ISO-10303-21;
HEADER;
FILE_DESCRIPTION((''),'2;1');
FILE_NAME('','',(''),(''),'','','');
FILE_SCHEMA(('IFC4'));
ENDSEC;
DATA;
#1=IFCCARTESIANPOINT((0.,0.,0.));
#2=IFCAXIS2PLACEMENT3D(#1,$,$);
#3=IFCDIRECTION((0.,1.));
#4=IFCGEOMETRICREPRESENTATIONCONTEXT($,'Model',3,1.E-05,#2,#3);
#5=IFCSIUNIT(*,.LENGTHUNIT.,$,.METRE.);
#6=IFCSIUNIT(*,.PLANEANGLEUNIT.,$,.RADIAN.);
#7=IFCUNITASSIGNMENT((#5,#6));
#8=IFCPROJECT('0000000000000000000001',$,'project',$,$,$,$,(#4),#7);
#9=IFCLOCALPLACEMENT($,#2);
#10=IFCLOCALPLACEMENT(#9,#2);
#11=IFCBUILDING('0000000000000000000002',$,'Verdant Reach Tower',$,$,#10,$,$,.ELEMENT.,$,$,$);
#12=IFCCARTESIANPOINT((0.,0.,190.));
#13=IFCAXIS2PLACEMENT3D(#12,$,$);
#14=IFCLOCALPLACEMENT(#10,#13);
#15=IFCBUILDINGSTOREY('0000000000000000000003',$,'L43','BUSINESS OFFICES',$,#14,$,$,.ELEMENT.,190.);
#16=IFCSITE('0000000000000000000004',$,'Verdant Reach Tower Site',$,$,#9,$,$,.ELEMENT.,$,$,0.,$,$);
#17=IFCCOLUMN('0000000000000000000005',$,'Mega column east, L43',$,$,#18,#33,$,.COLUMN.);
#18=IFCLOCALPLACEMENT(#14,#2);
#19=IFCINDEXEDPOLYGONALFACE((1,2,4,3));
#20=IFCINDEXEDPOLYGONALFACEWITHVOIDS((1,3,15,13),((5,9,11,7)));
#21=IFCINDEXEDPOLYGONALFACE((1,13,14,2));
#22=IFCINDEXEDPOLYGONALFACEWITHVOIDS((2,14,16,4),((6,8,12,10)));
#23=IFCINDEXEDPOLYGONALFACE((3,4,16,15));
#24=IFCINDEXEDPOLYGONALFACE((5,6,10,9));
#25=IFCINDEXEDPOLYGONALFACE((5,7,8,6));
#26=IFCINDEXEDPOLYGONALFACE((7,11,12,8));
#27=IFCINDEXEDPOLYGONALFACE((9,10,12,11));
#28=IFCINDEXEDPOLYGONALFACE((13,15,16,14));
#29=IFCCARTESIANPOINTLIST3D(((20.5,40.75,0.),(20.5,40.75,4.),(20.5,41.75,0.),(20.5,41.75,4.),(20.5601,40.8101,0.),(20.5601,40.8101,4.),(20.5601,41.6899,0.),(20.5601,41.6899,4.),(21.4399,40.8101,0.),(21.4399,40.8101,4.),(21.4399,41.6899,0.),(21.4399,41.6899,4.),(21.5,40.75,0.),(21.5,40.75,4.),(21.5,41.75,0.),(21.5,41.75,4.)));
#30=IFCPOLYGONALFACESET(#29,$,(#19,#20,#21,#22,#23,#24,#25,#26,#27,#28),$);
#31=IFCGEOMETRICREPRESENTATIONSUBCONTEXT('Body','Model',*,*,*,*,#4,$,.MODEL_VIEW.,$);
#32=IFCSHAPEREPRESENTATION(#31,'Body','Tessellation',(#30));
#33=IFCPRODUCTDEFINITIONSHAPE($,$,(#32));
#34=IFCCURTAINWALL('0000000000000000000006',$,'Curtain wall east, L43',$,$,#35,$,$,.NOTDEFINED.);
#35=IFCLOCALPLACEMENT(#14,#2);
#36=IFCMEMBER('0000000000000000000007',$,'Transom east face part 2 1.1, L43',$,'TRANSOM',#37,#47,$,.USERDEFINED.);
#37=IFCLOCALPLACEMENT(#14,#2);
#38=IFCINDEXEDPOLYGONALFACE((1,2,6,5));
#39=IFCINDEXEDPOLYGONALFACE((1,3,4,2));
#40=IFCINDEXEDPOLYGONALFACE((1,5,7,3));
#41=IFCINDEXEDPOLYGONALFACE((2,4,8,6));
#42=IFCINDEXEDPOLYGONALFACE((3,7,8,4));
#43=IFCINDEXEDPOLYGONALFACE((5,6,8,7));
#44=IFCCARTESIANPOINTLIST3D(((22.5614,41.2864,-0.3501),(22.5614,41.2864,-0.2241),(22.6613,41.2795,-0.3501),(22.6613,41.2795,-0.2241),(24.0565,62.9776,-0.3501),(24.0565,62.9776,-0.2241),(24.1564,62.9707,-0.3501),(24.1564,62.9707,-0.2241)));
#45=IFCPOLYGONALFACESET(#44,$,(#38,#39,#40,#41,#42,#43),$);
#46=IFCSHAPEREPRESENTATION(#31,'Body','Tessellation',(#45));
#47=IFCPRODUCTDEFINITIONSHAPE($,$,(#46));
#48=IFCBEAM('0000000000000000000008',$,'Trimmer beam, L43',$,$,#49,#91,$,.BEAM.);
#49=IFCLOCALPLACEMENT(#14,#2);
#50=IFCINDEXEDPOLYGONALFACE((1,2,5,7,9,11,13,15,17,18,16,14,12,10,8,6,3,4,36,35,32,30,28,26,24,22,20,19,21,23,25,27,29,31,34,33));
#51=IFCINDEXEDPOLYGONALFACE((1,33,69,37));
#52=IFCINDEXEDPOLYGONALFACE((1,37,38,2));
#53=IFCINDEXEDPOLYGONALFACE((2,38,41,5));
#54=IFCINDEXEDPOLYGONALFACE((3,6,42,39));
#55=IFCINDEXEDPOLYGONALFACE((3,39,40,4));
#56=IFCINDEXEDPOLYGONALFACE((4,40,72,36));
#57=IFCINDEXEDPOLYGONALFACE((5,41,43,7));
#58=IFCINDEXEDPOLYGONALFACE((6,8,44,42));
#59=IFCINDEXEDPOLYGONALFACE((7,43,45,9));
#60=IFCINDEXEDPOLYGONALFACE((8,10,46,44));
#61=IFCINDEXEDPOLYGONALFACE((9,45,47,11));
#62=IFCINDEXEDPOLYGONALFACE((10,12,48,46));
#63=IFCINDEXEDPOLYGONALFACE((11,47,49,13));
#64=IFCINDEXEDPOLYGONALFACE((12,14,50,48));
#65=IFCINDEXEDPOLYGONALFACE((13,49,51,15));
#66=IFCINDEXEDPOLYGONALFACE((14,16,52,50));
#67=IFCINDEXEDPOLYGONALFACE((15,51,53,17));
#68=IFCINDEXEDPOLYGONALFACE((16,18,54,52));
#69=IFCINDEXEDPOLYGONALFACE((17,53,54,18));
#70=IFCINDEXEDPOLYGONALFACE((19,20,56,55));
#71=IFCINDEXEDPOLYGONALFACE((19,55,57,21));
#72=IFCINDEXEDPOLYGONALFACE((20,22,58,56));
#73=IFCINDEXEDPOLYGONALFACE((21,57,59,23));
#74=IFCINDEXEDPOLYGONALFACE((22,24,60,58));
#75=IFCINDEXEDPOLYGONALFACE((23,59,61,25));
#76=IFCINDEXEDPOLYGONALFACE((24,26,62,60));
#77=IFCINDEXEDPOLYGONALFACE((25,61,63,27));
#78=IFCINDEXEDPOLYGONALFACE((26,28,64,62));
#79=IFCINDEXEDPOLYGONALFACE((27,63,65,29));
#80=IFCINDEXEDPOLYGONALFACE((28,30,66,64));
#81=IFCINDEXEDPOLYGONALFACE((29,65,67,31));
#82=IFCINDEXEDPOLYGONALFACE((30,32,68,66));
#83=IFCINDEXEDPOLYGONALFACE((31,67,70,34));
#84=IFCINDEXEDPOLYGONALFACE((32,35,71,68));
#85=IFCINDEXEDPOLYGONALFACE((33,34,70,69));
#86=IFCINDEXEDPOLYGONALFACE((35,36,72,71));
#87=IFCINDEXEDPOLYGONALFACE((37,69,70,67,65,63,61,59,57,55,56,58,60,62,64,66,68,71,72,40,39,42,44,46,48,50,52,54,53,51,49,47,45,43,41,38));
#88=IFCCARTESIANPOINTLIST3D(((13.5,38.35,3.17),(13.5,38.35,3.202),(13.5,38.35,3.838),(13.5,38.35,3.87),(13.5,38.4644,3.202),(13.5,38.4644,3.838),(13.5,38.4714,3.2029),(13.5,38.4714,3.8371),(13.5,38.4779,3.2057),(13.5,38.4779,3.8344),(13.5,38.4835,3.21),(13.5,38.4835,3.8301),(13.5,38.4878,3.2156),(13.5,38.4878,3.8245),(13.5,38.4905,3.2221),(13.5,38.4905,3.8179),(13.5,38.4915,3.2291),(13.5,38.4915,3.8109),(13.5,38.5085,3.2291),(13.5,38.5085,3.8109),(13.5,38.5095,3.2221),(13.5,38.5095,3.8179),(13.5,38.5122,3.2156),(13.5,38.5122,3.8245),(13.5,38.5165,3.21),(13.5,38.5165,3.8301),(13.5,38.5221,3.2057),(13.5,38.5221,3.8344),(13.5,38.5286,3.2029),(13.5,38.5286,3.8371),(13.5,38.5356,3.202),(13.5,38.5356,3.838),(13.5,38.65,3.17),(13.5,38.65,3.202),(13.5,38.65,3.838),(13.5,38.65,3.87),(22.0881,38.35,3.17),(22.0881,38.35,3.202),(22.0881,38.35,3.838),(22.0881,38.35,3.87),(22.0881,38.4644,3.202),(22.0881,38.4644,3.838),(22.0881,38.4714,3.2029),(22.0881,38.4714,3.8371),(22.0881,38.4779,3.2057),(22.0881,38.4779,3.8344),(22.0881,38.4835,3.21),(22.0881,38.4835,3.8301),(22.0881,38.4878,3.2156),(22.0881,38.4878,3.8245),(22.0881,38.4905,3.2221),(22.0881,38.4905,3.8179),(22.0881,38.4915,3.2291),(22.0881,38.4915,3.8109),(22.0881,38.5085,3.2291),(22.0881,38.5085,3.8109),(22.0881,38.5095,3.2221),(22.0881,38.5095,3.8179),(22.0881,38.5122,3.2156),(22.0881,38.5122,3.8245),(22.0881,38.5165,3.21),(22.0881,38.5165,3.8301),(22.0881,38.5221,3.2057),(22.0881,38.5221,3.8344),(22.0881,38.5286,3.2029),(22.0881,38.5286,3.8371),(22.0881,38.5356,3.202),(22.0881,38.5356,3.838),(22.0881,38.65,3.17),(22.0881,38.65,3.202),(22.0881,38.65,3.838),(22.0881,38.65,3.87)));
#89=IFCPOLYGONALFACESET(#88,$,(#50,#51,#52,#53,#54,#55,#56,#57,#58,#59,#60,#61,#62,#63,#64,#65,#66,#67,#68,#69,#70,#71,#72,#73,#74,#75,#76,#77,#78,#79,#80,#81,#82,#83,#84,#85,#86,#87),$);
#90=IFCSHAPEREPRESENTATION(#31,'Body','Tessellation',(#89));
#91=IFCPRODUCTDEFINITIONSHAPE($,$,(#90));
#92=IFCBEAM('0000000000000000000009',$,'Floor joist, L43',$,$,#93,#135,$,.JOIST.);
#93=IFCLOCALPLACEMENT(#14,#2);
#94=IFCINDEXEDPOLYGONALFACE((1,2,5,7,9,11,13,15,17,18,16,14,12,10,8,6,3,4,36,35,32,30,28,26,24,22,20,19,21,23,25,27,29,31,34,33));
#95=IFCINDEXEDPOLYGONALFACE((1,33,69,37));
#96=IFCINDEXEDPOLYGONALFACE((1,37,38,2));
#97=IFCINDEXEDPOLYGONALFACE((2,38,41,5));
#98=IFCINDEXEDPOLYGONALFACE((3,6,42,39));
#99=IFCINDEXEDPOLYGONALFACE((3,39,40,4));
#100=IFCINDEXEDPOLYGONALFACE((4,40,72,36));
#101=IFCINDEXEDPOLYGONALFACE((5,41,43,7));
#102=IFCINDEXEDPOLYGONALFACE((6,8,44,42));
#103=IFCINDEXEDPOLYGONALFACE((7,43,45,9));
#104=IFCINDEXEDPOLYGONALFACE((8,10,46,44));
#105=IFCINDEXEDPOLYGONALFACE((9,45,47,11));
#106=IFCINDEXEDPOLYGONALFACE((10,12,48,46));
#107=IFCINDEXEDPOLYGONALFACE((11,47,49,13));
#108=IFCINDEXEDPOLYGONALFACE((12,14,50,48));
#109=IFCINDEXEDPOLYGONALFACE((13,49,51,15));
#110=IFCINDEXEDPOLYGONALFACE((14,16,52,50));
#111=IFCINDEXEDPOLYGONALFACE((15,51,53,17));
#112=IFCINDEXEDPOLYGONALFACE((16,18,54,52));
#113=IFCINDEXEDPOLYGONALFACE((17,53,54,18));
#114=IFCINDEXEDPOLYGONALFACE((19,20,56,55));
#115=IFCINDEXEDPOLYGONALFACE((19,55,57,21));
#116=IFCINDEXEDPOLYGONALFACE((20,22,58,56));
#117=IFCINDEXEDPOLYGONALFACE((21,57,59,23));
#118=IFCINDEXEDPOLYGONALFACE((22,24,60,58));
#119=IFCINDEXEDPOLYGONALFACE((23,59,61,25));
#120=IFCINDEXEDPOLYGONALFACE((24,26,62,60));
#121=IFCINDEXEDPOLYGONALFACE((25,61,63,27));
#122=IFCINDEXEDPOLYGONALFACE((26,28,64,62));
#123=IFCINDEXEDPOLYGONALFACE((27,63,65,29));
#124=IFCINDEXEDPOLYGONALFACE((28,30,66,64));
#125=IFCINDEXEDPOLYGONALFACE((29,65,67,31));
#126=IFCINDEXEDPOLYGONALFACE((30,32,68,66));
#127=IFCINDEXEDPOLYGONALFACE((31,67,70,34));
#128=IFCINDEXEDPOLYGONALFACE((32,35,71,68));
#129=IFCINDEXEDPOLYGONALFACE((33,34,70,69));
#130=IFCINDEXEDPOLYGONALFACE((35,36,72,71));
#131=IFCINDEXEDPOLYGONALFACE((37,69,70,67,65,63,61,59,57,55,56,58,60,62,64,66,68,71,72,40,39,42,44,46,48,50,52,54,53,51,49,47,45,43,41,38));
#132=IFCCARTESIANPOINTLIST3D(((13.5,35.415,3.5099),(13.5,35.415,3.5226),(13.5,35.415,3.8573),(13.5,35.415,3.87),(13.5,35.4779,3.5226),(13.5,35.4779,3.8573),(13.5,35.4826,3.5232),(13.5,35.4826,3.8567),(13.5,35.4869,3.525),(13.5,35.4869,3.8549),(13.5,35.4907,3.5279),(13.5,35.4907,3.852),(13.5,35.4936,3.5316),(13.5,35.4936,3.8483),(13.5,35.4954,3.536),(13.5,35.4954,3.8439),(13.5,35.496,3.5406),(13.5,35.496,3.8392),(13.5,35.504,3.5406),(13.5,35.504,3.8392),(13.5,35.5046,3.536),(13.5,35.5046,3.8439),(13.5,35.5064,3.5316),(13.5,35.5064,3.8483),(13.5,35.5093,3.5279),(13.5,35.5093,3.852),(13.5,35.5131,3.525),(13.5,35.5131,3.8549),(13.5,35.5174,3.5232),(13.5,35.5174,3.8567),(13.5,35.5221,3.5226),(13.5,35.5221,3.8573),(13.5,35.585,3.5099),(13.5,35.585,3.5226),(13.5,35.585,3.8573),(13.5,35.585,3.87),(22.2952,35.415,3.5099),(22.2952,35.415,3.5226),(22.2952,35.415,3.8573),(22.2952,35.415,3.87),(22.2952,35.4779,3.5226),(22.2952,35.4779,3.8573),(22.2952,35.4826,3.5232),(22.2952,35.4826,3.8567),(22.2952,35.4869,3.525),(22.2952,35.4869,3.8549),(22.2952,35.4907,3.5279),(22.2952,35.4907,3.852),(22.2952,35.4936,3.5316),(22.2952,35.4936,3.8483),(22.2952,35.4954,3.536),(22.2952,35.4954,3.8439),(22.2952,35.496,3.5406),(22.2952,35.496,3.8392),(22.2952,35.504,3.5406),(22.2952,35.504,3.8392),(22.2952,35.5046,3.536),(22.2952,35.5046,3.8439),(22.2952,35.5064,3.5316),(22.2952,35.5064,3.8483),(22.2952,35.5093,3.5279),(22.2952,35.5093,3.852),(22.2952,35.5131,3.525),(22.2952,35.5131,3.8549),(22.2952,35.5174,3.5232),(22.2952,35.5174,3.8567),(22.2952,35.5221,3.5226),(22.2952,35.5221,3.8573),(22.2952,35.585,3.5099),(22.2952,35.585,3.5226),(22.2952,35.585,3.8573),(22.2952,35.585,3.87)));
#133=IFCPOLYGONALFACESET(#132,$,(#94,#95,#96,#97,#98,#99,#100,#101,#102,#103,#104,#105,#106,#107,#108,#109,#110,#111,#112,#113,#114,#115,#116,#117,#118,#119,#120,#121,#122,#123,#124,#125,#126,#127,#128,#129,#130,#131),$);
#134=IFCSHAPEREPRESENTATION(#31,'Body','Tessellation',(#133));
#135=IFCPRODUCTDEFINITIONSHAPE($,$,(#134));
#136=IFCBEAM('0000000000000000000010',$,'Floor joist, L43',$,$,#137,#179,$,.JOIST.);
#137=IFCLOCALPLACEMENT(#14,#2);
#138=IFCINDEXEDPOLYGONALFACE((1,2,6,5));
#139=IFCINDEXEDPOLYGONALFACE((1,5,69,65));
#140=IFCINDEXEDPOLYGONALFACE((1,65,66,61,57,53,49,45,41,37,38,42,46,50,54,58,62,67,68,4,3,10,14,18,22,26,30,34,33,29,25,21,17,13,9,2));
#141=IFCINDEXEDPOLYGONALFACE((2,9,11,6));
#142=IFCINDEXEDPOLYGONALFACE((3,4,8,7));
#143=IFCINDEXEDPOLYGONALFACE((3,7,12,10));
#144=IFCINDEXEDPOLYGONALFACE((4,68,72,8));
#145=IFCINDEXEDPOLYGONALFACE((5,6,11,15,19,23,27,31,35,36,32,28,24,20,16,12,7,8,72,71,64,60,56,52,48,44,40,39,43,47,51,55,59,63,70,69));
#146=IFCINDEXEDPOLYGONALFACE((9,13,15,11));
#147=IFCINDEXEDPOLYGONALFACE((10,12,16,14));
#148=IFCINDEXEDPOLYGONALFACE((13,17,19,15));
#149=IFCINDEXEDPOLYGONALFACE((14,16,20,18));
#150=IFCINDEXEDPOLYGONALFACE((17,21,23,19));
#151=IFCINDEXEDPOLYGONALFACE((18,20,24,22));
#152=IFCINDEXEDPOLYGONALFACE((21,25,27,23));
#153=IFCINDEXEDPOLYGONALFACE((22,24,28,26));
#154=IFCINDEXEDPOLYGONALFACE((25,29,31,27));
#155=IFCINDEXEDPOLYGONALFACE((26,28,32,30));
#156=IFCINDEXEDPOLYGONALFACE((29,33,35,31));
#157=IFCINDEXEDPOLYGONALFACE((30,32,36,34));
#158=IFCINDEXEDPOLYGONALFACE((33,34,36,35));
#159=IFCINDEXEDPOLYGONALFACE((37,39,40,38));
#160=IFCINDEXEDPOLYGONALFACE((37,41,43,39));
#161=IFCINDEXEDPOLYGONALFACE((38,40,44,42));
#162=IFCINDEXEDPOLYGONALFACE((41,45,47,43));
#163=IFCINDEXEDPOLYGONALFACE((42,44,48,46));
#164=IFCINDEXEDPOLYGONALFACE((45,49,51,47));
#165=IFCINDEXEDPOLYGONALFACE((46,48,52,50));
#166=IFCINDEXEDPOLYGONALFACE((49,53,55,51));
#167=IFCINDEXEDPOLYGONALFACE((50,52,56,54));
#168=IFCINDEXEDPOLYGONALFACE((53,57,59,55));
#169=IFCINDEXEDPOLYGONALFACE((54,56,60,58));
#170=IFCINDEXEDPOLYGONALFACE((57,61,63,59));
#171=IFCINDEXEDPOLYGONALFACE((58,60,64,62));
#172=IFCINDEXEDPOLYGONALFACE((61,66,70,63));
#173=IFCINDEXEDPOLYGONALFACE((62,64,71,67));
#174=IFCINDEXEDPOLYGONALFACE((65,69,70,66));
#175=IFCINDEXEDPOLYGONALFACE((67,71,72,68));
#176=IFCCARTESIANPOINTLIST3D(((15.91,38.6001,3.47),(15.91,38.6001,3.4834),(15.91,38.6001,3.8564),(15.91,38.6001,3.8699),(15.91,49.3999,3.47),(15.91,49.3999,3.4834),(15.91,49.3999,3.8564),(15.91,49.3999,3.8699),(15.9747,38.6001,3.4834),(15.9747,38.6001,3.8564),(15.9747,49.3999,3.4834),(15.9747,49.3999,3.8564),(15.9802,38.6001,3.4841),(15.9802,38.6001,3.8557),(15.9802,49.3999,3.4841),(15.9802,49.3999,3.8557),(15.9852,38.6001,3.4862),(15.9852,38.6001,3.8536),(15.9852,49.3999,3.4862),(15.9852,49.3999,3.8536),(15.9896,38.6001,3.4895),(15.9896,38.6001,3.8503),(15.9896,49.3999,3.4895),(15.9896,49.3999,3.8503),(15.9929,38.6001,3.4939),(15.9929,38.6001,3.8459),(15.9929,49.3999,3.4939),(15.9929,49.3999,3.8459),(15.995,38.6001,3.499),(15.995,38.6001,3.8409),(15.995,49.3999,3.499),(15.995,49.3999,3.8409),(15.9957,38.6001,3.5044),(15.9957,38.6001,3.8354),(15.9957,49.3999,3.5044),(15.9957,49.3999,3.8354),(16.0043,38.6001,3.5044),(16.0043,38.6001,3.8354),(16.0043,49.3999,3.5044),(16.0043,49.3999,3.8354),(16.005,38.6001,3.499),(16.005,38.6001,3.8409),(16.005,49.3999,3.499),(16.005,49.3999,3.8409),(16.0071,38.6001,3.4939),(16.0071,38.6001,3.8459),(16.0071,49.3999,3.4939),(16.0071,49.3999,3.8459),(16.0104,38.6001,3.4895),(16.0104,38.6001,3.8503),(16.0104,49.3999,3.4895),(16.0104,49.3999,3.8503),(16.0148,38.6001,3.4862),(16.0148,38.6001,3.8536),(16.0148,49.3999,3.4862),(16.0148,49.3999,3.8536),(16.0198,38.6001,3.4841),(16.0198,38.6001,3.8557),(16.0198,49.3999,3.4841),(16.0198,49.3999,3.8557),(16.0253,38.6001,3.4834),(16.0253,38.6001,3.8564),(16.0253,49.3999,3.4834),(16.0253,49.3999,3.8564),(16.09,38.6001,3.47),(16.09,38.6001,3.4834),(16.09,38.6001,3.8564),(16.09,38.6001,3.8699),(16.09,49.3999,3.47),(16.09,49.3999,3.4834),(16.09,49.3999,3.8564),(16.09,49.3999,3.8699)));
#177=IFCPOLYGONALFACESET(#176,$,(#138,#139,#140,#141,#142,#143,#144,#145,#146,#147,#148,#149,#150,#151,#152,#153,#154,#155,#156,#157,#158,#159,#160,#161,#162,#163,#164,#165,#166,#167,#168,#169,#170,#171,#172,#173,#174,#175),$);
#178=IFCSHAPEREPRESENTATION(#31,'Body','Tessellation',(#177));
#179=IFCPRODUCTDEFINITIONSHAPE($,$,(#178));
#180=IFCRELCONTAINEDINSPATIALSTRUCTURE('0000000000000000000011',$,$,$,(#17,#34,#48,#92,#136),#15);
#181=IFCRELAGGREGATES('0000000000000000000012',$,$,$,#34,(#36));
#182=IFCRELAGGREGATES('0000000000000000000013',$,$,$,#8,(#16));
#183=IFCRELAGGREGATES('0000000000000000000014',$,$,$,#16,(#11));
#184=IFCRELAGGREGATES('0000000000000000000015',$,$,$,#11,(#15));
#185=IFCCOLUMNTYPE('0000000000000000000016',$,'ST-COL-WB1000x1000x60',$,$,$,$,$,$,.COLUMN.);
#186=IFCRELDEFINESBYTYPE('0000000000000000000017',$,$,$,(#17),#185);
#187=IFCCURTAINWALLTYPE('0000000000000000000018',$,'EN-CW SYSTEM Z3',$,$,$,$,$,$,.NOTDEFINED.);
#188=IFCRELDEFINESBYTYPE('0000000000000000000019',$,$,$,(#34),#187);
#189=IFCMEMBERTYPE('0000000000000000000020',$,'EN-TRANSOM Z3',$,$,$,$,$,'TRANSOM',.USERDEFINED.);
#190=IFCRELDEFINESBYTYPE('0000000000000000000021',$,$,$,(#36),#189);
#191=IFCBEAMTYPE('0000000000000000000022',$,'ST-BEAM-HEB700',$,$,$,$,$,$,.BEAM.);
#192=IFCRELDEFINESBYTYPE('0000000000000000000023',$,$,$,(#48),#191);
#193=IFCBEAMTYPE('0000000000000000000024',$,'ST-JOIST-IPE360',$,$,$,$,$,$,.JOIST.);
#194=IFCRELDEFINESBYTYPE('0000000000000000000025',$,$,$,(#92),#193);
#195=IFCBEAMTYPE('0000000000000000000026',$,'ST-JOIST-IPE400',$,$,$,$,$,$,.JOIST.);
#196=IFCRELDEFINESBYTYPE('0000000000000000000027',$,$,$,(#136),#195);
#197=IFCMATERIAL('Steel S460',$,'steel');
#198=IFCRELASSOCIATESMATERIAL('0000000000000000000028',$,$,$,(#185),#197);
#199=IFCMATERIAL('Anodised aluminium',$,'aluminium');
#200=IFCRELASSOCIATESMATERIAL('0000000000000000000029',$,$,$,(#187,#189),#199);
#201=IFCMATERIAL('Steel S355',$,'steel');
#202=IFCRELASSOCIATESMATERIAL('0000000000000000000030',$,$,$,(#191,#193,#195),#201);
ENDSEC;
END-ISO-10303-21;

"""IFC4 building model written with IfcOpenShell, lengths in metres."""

from ifc_helpers import new_model, si_unit, direction, frame, origin, origin_2d, place, context, subcontext, project, spatial, rectangle, hollow_rectangle, i_section, extrude, material, material_profile, profile_set, type_object, element, aggregate, save


model = new_model("IFC4")

# Units and contexts
model_context = context("Model", 3, precision=1e-05, world=origin(), true_north=direction((0.0, 1.0)))
body_context = subcontext(model_context, "Body", "Model", "MODEL_VIEW")
ifc_project = project(units=[si_unit("LENGTHUNIT", "METRE"), si_unit("PLANEANGLEUNIT", "RADIAN")], contexts=[model_context])

# Site, building, storey
site_placement = place(None, origin())
site = spatial("IfcSite", under=ifc_project, at=site_placement, Name="Verdant Reach Tower Site", CompositionType="ELEMENT", RefElevation=0.0)
building_placement = place(site_placement, origin())
building = spatial("IfcBuilding", under=site, at=building_placement, Name="Verdant Reach Tower", CompositionType="ELEMENT")
storey_placement = place(building_placement, frame((0.0, 0.0, 190.0)))
storey = spatial("IfcBuildingStorey", under=building, at=storey_placement, Name="L43", Description="BUSINESS OFFICES", CompositionType="ELEMENT", Elevation=190.0)

# Column
ifc_material_1 = material(Name="Steel S460", Category="steel")
ifc_material_profile_1 = material_profile(ifc_material_1, hollow_rectangle(XDim=1.0, YDim=1.0, WallThickness=0.0601, at=origin_2d()), Name="WB 1000x1000x60")
ifc_profile_set_1 = profile_set([ifc_material_profile_1], Name="Steel S460")
column_type = type_object("IfcColumnType", Name="ST-COL-WB1000x1000x60", PredefinedType="COLUMN", material=ifc_profile_set_1)
column_placement = place(storey_placement, frame((21.0, 41.25, 0.0), z_axis=(0.0, 0.0, 1.0), x_axis=(1.0, 0.0, 0.0)))
element("IfcColumn", 1, at=column_placement, inside=storey, type_object=column_type, Name="Mega column east, L43", PredefinedType="COLUMN", context=body_context, shape_type="SweptSolid", body=[
    extrude(hollow_rectangle(XDim=1.0, YDim=1.0, WallThickness=0.0601, at=origin_2d()), origin(), (0.0, 0.0, 1.0), 4.0),
])

# Curtain wall, member
ifc_material_2 = material(Name="Anodised aluminium", Category="aluminium")
curtain_wall_type = type_object("IfcCurtainWallType", Name="EN-CW SYSTEM Z3", PredefinedType="NOTDEFINED", material=ifc_material_2)
curtain_wall_placement = place(storey_placement, origin())
curtain_wall = element("IfcCurtainWall", 2, at=curtain_wall_placement, inside=storey, type_object=curtain_wall_type, Name="Curtain wall east, L43", PredefinedType="NOTDEFINED")
ifc_material_profile_2 = material_profile(ifc_material_2, rectangle(XDim=0.1001, YDim=0.126, at=origin_2d()), Name="Transom 126x100")
ifc_profile_set_2 = profile_set([ifc_material_profile_2], Name="Anodised aluminium")
member_type = type_object("IfcMemberType", Name="EN-TRANSOM Z3", ElementType="TRANSOM", PredefinedType="USERDEFINED", material=ifc_profile_set_2)
member_placement = place(storey_placement, frame((22.6113, 41.283, -0.2871), z_axis=(0.068764, 0.997633, 0.0), x_axis=(-0.997633, 0.068764, 0.0)))
member = element("IfcMember", 3, at=member_placement, type_object=member_type, Name="Transom east face part 2 1.1, L43", ObjectType="TRANSOM", PredefinedType="USERDEFINED", context=body_context, shape_type="SweptSolid", body=[
    extrude(rectangle(XDim=0.1001, YDim=0.126, at=origin_2d()), origin(), (0.0, 0.0, 1.0), 21.7427),
])

# Beams
ifc_material_3 = material(Name="Steel S355", Category="steel")
ifc_material_profile_3 = material_profile(ifc_material_3, i_section(OverallWidth=0.3, OverallDepth=0.7, WebThickness=0.0171, FlangeThickness=0.032, FilletRadius=0.0271, at=origin_2d()), Name="HEB 700")
ifc_profile_set_3 = profile_set([ifc_material_profile_3], Name="Steel S355")
beam_type_1 = type_object("IfcBeamType", Name="ST-BEAM-HEB700", PredefinedType="BEAM", material=ifc_profile_set_3)
beam_1_placement = place(storey_placement, frame((13.5, 38.5, 3.52), z_axis=(1.0, 0.0, 0.0), x_axis=(0.0, 1.0, 0.0)))
element("IfcBeam", 4, at=beam_1_placement, inside=storey, type_object=beam_type_1, Name="Trimmer beam, L43", PredefinedType="BEAM", context=body_context, shape_type="SweptSolid", body=[
    extrude(i_section(OverallWidth=0.3, OverallDepth=0.7, WebThickness=0.0171, FlangeThickness=0.032, FilletRadius=0.0271, at=origin_2d()), origin(), (0.0, 0.0, 1.0), 8.5881),
])
ifc_material_profile_4 = material_profile(ifc_material_3, i_section(OverallWidth=0.1699, OverallDepth=0.3601, WebThickness=0.0081, FlangeThickness=0.0127, FilletRadius=0.0181, at=origin_2d()), Name="IPE 360")
ifc_profile_set_4 = profile_set([ifc_material_profile_4], Name="Steel S355")
beam_type_2 = type_object("IfcBeamType", Name="ST-JOIST-IPE360", PredefinedType="JOIST", material=ifc_profile_set_4)
beam_2_placement = place(storey_placement, frame((13.5, 35.5, 3.6899), z_axis=(1.0, 0.0, 0.0), x_axis=(0.0, 1.0, 0.0)))
element("IfcBeam", 5, at=beam_2_placement, inside=storey, type_object=beam_type_2, Name="Floor joist, L43", PredefinedType="JOIST", context=body_context, shape_type="SweptSolid", body=[
    extrude(i_section(OverallWidth=0.1699, OverallDepth=0.3601, WebThickness=0.0081, FlangeThickness=0.0127, FilletRadius=0.0181, at=origin_2d()), origin(), (0.0, 0.0, 1.0), 8.7952),
])
ifc_material_profile_5 = material_profile(ifc_material_3, i_section(OverallWidth=0.1799, OverallDepth=0.3999, WebThickness=0.0085, FlangeThickness=0.0134, FilletRadius=0.021, at=origin_2d()), Name="IPE 400")
ifc_profile_set_5 = profile_set([ifc_material_profile_5], Name="Steel S355")
beam_type_3 = type_object("IfcBeamType", Name="ST-JOIST-IPE400", PredefinedType="JOIST", material=ifc_profile_set_5)
for number, where, z_axis, x_axis, name in (
    (6, (16.0, 38.6001, 3.6699), (0.0, 1.0, 0.0), (-1.0, 0.0, 0.0), "Floor joist, L43"),
):
    element("IfcBeam", number, at=place(storey_placement, frame(where, z_axis=z_axis, x_axis=x_axis)), inside=storey, type_object=beam_type_3, Name=name, PredefinedType="JOIST", context=body_context, shape_type="SweptSolid", body=[
        extrude(i_section(OverallWidth=0.1799, OverallDepth=0.3999, WebThickness=0.0085, FlangeThickness=0.0134, FilletRadius=0.021, at=origin_2d()), origin(), (0.0, 0.0, 1.0), 10.7998),
    ])

aggregate(curtain_wall, [member])

save(model, "model.ifc")
